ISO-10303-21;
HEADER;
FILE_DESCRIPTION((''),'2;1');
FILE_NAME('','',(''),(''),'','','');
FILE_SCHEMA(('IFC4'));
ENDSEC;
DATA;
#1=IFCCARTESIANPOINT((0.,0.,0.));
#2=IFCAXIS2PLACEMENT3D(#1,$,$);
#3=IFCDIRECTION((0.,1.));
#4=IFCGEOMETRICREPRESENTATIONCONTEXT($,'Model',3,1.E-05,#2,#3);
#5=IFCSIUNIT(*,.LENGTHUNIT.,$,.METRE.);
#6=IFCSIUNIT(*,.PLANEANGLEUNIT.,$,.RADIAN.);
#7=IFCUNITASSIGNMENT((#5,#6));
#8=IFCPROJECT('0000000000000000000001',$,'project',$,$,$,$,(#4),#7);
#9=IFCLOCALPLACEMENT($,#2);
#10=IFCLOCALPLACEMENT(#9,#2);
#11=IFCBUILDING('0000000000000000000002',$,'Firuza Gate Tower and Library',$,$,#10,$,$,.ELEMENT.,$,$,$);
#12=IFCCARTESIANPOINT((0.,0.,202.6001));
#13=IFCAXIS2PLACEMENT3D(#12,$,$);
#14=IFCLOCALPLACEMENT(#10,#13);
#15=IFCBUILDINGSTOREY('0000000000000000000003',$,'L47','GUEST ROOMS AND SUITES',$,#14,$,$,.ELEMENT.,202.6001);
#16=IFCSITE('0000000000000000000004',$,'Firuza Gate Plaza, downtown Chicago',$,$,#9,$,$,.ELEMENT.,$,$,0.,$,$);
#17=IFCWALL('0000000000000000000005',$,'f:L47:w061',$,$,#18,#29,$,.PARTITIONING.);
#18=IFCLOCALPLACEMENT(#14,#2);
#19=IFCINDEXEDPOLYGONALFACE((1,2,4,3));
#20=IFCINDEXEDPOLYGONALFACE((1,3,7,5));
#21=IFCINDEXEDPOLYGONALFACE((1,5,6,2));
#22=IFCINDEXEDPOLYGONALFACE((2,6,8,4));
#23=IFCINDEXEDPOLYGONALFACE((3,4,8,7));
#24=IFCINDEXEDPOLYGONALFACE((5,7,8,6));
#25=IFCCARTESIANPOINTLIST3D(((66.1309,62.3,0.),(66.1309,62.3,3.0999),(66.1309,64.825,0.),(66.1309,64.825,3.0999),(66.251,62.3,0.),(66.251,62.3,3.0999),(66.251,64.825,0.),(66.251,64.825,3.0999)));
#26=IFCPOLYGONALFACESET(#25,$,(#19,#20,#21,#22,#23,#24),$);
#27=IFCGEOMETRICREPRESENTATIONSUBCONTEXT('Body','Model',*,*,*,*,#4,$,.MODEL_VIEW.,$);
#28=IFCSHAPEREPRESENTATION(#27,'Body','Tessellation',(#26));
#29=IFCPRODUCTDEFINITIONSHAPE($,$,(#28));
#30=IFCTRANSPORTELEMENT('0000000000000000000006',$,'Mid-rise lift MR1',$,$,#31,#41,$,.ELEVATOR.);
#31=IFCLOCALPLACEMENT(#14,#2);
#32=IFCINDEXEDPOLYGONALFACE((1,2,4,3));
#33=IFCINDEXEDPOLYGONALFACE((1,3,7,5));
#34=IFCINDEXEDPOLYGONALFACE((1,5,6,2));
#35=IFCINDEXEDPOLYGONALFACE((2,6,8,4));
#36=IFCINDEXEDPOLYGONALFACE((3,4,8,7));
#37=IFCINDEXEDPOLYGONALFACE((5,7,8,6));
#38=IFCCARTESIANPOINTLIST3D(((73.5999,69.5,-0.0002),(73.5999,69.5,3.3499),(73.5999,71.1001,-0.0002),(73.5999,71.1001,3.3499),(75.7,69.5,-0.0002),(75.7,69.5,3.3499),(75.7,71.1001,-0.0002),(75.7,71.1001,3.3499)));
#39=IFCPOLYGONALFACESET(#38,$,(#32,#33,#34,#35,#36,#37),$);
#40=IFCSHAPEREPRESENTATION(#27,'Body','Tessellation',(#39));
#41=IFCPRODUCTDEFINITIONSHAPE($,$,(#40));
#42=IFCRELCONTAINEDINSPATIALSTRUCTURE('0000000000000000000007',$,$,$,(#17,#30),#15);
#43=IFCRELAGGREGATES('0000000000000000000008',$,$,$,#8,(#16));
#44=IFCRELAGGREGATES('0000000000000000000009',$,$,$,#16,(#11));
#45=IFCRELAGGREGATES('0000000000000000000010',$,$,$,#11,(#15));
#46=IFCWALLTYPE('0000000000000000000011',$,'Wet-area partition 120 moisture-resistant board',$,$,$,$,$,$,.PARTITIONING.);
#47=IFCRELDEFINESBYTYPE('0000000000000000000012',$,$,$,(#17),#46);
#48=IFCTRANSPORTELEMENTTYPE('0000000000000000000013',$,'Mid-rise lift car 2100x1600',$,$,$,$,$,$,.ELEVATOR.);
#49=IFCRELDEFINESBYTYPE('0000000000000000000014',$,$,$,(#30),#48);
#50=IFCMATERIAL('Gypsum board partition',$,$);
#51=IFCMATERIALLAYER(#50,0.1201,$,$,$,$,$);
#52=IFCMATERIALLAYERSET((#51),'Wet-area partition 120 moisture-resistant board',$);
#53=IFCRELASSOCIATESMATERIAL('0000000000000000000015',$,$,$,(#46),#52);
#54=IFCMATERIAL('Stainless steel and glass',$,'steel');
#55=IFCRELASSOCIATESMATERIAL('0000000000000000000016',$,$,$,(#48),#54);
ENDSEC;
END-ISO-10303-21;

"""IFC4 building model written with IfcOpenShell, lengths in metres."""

from ifc_helpers import new_model, si_unit, direction, frame, frame_2d, origin, origin_2d, place, context, subcontext, project, spatial, rectangle, extrude, material, layer, layer_set, type_object, element, save


model = new_model("IFC4")

# Units and contexts
model_context = context("Model", 3, precision=1e-05, world=origin(), true_north=direction((0.0, 1.0)))
body_context = subcontext(model_context, "Body", "Model", "MODEL_VIEW")
ifc_project = project(units=[si_unit("LENGTHUNIT", "METRE"), si_unit("PLANEANGLEUNIT", "RADIAN")], contexts=[model_context])

# Site, building, storey
site_placement = place(None, origin())
site = spatial("IfcSite", under=ifc_project, at=site_placement, Name="Firuza Gate Plaza, downtown Chicago", CompositionType="ELEMENT", RefElevation=0.0)
building_placement = place(site_placement, origin())
building = spatial("IfcBuilding", under=site, at=building_placement, Name="Firuza Gate Tower and Library", CompositionType="ELEMENT")
storey_placement = place(building_placement, frame((0.0, 0.0, 202.6001)))
storey = spatial("IfcBuildingStorey", under=building, at=storey_placement, Name="L47", Description="GUEST ROOMS AND SUITES", CompositionType="ELEMENT", Elevation=202.6001)

# Shared definitions
ifc_material_1 = material(Name="Gypsum board partition")
ifc_layer_1 = layer(ifc_material_1, 0.1201)
ifc_layer_set_1 = layer_set([ifc_layer_1], Name="Wet-area partition 120 moisture-resistant board")
wall_type_1 = type_object("IfcWallType", Name="Wet-area partition 120 moisture-resistant board", PredefinedType="PARTITIONING", material=ifc_layer_set_1)

# Wall
wall_1_placement = place(storey_placement, frame((66.1909, 62.3, 0.0), z_axis=(0.0, 0.0, 1.0), x_axis=(0.0, 1.0, 0.0)))
element("IfcWall", 1, at=wall_1_placement, inside=storey, type_object=wall_type_1, Name="f:L47:w061", PredefinedType="PARTITIONING", context=body_context, shape_type="SweptSolid", body=[
    extrude(rectangle(XDim=2.5249, YDim=0.1201, at=frame_2d((1.2625, 0.0))), origin(), (0.0, 0.0, 1.0), 3.0999),
])

# Transport element
ifc_material_2 = material(Name="Stainless steel and glass", Category="steel")
transport_element_type = type_object("IfcTransportElementType", Name="Mid-rise lift car 2100x1600", PredefinedType="ELEVATOR", material=ifc_material_2)
transport_element_placement = place(storey_placement, frame((74.6499, 70.3, -0.0002), z_axis=(0.0, 0.0, 1.0), x_axis=(1.0, 0.0, 0.0)))
element("IfcTransportElement", 2, at=transport_element_placement, inside=storey, type_object=transport_element_type, Name="Mid-rise lift MR1", PredefinedType="ELEVATOR", context=body_context, shape_type="SweptSolid", body=[
    extrude(rectangle(XDim=2.1001, YDim=1.6001, at=origin_2d()), origin(), (0.0, 0.0, 1.0), 3.3501),
])

save(model, "model.ifc")
